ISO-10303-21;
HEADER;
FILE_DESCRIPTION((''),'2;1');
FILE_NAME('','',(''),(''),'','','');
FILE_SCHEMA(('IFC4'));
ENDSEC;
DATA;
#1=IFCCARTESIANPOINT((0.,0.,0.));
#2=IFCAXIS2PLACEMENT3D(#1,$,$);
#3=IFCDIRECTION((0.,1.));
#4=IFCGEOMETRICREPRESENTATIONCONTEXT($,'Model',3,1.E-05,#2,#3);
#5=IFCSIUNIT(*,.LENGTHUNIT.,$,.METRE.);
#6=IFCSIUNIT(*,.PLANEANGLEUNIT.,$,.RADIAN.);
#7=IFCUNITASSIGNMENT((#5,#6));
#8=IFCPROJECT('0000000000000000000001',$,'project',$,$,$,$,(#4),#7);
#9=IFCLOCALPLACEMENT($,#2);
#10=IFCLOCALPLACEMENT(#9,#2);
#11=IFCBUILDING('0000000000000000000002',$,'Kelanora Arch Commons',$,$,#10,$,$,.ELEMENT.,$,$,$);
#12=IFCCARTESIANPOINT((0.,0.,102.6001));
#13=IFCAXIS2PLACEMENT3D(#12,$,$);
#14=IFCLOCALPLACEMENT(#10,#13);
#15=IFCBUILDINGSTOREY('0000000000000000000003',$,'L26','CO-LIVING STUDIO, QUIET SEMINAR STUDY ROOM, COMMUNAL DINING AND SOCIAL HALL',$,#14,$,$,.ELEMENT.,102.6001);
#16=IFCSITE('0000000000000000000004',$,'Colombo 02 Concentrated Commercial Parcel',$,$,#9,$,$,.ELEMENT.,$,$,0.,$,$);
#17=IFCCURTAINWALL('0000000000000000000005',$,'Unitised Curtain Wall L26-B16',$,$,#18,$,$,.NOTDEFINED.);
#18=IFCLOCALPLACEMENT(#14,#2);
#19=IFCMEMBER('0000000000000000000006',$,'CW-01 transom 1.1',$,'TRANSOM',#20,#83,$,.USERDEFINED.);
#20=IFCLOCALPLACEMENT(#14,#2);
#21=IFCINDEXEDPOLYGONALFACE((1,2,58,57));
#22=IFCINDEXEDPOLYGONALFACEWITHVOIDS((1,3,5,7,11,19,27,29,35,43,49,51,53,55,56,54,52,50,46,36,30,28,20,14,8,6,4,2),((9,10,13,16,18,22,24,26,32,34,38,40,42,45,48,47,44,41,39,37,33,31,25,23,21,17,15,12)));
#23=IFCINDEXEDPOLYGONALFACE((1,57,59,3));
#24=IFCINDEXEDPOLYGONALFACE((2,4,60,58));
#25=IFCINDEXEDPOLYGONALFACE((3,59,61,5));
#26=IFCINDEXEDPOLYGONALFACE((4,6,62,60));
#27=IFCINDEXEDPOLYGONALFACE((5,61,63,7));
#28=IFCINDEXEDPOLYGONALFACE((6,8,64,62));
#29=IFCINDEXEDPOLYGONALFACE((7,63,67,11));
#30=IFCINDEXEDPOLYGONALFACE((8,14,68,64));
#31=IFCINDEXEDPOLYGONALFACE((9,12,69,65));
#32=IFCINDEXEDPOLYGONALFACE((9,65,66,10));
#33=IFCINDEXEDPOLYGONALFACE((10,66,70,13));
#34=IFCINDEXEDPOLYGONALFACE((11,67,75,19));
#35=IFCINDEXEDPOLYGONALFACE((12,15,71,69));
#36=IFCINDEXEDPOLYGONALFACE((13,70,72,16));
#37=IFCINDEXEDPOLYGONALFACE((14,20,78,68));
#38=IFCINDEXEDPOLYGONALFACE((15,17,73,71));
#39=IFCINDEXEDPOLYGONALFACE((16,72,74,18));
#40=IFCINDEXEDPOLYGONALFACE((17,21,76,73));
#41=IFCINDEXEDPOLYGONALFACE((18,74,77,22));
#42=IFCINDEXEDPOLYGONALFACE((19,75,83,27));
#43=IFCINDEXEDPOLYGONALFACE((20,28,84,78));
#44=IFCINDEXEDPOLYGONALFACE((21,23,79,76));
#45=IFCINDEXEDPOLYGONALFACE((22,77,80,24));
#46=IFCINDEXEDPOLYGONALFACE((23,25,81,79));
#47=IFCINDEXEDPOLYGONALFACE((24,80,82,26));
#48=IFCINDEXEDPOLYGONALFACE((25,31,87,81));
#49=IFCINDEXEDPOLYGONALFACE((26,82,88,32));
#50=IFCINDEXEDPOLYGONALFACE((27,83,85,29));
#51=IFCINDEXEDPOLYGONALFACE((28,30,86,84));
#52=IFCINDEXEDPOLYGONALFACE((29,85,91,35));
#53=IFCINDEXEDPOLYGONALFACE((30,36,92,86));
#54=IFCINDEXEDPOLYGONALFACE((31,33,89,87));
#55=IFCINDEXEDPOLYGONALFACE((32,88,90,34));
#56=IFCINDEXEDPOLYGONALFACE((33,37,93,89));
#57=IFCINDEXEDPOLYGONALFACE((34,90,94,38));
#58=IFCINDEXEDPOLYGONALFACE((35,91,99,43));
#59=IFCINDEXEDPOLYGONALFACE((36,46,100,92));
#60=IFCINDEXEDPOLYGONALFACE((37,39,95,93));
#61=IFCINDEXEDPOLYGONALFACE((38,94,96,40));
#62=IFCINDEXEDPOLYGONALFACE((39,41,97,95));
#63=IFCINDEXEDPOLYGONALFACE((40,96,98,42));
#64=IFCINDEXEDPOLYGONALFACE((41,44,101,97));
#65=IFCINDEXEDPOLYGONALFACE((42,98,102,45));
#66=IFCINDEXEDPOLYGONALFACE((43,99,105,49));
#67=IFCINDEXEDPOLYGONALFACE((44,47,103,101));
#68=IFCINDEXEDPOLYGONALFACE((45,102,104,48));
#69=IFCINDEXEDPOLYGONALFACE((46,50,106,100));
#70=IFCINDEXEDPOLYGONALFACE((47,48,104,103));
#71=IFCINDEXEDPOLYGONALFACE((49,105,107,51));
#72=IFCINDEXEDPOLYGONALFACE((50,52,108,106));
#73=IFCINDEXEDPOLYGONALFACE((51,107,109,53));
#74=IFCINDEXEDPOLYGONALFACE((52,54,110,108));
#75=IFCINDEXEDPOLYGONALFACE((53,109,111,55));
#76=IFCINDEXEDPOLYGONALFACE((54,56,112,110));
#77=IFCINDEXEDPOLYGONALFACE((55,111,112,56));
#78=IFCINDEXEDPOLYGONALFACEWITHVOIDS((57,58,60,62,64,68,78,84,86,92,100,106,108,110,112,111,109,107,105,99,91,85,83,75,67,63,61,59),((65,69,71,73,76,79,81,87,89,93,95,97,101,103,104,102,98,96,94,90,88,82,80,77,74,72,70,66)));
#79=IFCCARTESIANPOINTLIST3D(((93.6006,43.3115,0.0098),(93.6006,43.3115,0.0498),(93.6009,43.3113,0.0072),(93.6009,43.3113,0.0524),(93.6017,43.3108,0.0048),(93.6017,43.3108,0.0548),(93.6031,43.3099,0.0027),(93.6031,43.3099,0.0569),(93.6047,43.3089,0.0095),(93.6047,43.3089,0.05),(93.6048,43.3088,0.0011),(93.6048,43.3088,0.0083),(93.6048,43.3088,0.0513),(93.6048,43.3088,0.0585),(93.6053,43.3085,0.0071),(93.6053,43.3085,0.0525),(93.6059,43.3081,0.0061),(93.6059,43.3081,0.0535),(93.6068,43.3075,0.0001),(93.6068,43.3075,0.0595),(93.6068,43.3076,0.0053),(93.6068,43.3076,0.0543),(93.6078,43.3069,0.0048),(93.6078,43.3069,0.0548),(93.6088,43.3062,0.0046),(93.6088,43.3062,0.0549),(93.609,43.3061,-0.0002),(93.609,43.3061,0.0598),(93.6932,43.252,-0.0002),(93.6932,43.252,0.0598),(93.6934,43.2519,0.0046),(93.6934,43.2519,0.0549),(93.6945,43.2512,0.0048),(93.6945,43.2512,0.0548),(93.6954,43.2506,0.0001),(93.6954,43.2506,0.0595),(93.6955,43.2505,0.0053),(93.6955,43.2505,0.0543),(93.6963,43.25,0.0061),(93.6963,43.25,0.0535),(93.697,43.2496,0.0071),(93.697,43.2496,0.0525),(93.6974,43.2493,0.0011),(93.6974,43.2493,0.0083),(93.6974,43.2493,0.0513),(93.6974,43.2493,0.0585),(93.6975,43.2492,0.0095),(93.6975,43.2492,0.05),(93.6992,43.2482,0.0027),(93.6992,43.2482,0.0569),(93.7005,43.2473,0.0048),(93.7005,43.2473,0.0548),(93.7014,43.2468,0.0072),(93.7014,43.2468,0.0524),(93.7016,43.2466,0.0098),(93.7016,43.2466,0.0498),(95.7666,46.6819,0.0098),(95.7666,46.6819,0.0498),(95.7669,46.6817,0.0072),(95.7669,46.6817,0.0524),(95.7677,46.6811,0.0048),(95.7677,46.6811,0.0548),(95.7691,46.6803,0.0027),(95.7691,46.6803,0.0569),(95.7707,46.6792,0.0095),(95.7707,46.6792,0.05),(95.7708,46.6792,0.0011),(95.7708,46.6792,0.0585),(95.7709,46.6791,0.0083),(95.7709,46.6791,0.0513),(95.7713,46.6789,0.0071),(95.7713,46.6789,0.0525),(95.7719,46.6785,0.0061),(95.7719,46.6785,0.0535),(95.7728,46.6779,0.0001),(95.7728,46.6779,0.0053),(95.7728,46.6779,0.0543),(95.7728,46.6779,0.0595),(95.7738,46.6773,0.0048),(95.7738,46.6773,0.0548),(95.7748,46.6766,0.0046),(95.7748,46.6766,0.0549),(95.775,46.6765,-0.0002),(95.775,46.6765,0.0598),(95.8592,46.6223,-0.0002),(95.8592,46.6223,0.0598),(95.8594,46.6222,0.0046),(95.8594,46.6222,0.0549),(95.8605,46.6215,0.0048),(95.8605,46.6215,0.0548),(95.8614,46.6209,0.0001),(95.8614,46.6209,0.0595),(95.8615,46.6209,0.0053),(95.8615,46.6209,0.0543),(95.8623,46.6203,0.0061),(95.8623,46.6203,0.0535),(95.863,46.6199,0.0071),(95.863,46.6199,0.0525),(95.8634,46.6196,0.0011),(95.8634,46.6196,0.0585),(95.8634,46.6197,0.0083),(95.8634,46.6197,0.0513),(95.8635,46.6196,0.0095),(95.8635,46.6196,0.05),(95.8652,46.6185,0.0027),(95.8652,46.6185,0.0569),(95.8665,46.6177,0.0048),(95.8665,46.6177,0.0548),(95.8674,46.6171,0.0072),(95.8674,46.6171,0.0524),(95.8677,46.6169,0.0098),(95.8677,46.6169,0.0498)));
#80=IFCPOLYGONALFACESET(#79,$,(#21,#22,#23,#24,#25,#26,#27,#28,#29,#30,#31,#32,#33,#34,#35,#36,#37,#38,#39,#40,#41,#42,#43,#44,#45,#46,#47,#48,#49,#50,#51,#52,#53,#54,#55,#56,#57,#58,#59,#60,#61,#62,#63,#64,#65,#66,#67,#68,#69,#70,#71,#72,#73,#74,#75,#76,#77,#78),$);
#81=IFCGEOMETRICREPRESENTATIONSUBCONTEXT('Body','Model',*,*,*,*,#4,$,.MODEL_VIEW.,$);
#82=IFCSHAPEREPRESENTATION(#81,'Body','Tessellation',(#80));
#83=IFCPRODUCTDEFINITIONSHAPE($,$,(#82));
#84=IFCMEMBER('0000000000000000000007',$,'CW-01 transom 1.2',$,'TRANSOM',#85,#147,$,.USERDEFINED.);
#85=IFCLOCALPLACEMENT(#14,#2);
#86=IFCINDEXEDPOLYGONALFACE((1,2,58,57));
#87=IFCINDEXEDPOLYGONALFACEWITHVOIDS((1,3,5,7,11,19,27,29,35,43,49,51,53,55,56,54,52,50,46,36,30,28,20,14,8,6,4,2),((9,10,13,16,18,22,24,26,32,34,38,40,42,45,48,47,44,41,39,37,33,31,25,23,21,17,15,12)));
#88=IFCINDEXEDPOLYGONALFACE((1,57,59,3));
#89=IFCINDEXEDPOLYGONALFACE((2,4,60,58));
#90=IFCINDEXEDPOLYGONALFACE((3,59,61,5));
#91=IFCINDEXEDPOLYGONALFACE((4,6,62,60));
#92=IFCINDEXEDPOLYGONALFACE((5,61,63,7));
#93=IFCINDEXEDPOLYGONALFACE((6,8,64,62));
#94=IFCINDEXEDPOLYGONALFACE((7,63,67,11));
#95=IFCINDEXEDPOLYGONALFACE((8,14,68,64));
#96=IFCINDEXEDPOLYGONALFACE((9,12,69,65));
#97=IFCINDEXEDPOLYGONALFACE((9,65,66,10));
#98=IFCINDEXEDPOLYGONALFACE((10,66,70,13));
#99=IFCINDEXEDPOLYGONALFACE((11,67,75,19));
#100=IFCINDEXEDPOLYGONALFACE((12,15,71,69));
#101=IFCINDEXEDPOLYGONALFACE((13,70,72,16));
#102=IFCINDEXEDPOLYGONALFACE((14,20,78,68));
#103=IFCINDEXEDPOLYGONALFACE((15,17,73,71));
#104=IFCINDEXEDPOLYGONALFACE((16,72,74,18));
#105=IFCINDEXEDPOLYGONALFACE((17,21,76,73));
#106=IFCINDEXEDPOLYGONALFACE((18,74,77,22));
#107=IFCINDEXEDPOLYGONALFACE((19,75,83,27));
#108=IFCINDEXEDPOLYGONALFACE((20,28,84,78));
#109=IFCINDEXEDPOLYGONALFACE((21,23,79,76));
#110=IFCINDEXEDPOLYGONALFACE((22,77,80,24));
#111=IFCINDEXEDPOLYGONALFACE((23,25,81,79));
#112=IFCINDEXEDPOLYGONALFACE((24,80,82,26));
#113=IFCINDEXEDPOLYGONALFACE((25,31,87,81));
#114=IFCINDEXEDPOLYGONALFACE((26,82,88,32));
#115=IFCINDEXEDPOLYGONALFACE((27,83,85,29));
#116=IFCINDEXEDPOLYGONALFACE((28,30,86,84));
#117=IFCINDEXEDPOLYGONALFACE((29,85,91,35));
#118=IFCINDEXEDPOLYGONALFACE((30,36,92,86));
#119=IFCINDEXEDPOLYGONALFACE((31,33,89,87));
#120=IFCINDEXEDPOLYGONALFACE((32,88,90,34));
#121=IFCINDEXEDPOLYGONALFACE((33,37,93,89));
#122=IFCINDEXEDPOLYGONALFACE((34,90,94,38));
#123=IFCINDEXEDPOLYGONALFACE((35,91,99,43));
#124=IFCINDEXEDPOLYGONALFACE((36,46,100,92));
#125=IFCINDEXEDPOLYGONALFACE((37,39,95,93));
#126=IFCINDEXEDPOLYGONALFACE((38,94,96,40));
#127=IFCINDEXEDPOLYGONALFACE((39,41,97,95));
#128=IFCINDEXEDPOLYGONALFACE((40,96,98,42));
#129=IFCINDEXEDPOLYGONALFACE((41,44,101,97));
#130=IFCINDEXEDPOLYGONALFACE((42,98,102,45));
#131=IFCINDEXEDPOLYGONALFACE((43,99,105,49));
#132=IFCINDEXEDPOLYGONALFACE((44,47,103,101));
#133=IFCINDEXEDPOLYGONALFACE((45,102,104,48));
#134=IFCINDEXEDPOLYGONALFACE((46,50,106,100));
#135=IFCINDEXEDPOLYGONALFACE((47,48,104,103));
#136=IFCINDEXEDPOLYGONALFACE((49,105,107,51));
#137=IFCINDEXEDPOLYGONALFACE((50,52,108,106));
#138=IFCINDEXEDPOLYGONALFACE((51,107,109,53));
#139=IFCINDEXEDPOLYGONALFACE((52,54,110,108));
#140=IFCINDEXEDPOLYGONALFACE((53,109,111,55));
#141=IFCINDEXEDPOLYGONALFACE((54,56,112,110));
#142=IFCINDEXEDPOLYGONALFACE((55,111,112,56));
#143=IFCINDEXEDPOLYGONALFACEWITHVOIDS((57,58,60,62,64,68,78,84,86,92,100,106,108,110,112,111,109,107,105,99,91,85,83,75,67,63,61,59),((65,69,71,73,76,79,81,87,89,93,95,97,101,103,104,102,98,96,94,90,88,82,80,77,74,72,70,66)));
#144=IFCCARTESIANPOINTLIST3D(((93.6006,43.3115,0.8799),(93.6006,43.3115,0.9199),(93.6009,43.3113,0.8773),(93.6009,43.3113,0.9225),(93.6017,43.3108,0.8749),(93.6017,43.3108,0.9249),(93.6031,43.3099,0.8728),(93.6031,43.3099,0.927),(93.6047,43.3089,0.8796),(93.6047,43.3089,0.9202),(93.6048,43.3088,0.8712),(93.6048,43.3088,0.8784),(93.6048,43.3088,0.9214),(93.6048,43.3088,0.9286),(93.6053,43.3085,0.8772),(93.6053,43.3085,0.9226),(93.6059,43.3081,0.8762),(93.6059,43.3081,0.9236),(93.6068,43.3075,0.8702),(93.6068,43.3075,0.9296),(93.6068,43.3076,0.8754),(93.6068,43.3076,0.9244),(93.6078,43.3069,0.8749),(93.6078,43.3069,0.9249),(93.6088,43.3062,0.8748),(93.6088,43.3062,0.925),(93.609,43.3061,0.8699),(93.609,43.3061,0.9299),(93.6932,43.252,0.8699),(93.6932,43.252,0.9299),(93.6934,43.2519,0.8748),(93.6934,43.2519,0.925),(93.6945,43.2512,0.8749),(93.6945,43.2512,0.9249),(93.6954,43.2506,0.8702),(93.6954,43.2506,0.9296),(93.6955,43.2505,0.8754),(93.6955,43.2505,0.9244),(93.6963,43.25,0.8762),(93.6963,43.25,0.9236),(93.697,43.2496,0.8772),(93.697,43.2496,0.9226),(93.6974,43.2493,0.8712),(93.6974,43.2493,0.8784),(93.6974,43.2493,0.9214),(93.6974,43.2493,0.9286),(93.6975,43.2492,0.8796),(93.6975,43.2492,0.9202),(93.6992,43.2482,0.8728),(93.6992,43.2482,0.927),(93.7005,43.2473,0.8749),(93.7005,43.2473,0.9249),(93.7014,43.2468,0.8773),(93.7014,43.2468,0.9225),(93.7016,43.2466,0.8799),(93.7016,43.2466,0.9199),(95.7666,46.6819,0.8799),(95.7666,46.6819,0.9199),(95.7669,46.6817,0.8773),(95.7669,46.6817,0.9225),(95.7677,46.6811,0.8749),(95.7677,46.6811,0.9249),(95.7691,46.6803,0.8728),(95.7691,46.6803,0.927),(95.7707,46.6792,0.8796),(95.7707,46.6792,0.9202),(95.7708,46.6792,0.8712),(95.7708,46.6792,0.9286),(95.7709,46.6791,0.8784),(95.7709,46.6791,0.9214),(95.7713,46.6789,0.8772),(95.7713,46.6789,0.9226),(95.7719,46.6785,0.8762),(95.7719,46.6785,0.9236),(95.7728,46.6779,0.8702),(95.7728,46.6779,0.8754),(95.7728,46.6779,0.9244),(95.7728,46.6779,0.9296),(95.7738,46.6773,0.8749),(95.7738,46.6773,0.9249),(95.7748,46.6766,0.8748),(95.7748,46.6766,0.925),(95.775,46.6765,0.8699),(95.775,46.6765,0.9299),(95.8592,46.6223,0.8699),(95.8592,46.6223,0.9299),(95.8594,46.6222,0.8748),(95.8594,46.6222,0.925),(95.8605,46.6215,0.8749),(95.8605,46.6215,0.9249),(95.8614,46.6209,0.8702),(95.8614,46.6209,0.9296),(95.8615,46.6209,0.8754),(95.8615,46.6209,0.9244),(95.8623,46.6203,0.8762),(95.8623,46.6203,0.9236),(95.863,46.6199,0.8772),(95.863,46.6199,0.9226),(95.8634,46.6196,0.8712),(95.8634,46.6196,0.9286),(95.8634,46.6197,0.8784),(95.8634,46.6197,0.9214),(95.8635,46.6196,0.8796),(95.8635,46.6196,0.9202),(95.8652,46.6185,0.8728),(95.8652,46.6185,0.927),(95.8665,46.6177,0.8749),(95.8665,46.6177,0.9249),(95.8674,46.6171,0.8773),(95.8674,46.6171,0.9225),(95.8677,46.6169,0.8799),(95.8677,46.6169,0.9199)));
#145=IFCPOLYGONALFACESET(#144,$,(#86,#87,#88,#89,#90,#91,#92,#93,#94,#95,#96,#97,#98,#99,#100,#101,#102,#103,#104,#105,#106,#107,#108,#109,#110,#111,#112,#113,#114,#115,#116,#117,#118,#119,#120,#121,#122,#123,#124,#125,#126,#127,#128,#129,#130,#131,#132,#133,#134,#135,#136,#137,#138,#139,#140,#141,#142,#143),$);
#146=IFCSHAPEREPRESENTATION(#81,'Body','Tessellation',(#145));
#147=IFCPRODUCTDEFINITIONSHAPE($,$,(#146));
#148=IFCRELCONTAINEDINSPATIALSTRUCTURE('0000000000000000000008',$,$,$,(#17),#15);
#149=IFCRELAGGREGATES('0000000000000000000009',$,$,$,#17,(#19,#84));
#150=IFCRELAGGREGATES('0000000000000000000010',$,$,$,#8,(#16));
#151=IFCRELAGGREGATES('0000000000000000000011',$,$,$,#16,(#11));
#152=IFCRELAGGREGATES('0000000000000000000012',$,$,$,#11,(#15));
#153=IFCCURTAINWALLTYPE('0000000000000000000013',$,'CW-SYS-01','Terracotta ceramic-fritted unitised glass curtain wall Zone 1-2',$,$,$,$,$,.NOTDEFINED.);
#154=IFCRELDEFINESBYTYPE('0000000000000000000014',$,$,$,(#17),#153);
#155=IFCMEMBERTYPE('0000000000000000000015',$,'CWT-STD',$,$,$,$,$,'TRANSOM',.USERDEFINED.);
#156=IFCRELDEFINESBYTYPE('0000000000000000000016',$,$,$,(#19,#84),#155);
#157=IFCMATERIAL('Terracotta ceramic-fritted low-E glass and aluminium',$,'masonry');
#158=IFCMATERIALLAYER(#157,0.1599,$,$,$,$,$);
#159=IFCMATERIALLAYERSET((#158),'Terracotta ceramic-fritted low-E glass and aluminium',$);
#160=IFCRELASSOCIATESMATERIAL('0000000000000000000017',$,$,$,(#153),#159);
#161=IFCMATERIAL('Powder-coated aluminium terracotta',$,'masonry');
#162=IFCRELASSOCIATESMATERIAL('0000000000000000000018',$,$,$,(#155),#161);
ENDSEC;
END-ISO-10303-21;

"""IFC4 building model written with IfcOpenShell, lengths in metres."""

from ifc_helpers import new_model, si_unit, direction, frame, origin, origin_2d, place, context, subcontext, project, spatial, hollow_rectangle, extrude, material, layer, layer_set, material_profile, profile_set, type_object, element, aggregate, save


model = new_model("IFC4")

# Units and contexts
model_context = context("Model", 3, precision=1e-05, world=origin(), true_north=direction((0.0, 1.0)))
body_context = subcontext(model_context, "Body", "Model", "MODEL_VIEW")
ifc_project = project(units=[si_unit("LENGTHUNIT", "METRE"), si_unit("PLANEANGLEUNIT", "RADIAN")], contexts=[model_context])

# Site, building, storey
site_placement = place(None, origin())
site = spatial("IfcSite", under=ifc_project, at=site_placement, Name="Colombo 02 Concentrated Commercial Parcel", CompositionType="ELEMENT", RefElevation=0.0)
building_placement = place(site_placement, origin())
building = spatial("IfcBuilding", under=site, at=building_placement, Name="Kelanora Arch Commons", CompositionType="ELEMENT")
storey_placement = place(building_placement, frame((0.0, 0.0, 102.6001)))
storey = spatial("IfcBuildingStorey", under=building, at=storey_placement, Name="L26", Description="CO-LIVING STUDIO, QUIET SEMINAR STUDY ROOM, COMMUNAL DINING AND SOCIAL HALL", CompositionType="ELEMENT", Elevation=102.6001)

# Shared definitions
ifc_material_1 = material(Name="Terracotta ceramic-fritted low-E glass and aluminium", Category="masonry")
ifc_layer_1 = layer(ifc_material_1, 0.1599)
ifc_layer_set_1 = layer_set([ifc_layer_1], Name="Terracotta ceramic-fritted low-E glass and aluminium")
curtain_wall_type = type_object("IfcCurtainWallType", Name="CW-SYS-01", Description="Terracotta ceramic-fritted unitised glass curtain wall Zone 1-2", PredefinedType="NOTDEFINED", material=ifc_layer_set_1)
ifc_material_2 = material(Name="Powder-coated aluminium terracotta", Category="masonry")

# Curtain wall, members
curtain_wall_1_placement = place(storey_placement, origin())
curtain_wall_1 = element("IfcCurtainWall", 1, at=curtain_wall_1_placement, inside=storey, type_object=curtain_wall_type, Name="Unitised Curtain Wall L26-B16", PredefinedType="NOTDEFINED")
ifc_material_profile_1 = material_profile(ifc_material_2, hollow_rectangle(XDim=0.1201, YDim=0.0601, WallThickness=0.0049, InnerFilletRadius=0.0049, OuterFilletRadius=0.01, at=origin_2d()), Name="CWT120x60")
ifc_profile_set_1 = profile_set([ifc_material_profile_1], Name="Powder-coated aluminium terracotta")
member_type_1 = type_object("IfcMemberType", Name="CWT-STD", ElementType="TRANSOM", PredefinedType="USERDEFINED", material=ifc_profile_set_1)
member_1_placement = place(storey_placement, frame((93.6511, 43.2791, 0.0298), z_axis=(0.540644, 0.841252, 0.0), x_axis=(-0.841252, 0.540644, 0.0)))
member_1 = element("IfcMember", 2, at=member_1_placement, type_object=member_type_1, Name="CW-01 transom 1.1", ObjectType="TRANSOM", PredefinedType="USERDEFINED", context=body_context, shape_type="SweptSolid", body=[
    extrude(hollow_rectangle(XDim=0.1201, YDim=0.0601, WallThickness=0.0049, InnerFilletRadius=0.0049, OuterFilletRadius=0.01, at=origin_2d()), origin(), (0.0, 0.0, 1.0), 4.0063),
])
member_2_placement = place(storey_placement, frame((93.6511, 43.2791, 0.8999), z_axis=(0.540644, 0.841252, 0.0), x_axis=(-0.841252, 0.540644, 0.0)))
member_2 = element("IfcMember", 3, at=member_2_placement, type_object=member_type_1, Name="CW-01 transom 1.2", ObjectType="TRANSOM", PredefinedType="USERDEFINED", context=body_context, shape_type="SweptSolid", body=[
    extrude(hollow_rectangle(XDim=0.1201, YDim=0.0601, WallThickness=0.0049, InnerFilletRadius=0.0049, OuterFilletRadius=0.01, at=origin_2d()), origin(), (0.0, 0.0, 1.0), 4.0063),
])
aggregate(curtain_wall_1, [member_1, member_2])

save(model, "model.ifc")
